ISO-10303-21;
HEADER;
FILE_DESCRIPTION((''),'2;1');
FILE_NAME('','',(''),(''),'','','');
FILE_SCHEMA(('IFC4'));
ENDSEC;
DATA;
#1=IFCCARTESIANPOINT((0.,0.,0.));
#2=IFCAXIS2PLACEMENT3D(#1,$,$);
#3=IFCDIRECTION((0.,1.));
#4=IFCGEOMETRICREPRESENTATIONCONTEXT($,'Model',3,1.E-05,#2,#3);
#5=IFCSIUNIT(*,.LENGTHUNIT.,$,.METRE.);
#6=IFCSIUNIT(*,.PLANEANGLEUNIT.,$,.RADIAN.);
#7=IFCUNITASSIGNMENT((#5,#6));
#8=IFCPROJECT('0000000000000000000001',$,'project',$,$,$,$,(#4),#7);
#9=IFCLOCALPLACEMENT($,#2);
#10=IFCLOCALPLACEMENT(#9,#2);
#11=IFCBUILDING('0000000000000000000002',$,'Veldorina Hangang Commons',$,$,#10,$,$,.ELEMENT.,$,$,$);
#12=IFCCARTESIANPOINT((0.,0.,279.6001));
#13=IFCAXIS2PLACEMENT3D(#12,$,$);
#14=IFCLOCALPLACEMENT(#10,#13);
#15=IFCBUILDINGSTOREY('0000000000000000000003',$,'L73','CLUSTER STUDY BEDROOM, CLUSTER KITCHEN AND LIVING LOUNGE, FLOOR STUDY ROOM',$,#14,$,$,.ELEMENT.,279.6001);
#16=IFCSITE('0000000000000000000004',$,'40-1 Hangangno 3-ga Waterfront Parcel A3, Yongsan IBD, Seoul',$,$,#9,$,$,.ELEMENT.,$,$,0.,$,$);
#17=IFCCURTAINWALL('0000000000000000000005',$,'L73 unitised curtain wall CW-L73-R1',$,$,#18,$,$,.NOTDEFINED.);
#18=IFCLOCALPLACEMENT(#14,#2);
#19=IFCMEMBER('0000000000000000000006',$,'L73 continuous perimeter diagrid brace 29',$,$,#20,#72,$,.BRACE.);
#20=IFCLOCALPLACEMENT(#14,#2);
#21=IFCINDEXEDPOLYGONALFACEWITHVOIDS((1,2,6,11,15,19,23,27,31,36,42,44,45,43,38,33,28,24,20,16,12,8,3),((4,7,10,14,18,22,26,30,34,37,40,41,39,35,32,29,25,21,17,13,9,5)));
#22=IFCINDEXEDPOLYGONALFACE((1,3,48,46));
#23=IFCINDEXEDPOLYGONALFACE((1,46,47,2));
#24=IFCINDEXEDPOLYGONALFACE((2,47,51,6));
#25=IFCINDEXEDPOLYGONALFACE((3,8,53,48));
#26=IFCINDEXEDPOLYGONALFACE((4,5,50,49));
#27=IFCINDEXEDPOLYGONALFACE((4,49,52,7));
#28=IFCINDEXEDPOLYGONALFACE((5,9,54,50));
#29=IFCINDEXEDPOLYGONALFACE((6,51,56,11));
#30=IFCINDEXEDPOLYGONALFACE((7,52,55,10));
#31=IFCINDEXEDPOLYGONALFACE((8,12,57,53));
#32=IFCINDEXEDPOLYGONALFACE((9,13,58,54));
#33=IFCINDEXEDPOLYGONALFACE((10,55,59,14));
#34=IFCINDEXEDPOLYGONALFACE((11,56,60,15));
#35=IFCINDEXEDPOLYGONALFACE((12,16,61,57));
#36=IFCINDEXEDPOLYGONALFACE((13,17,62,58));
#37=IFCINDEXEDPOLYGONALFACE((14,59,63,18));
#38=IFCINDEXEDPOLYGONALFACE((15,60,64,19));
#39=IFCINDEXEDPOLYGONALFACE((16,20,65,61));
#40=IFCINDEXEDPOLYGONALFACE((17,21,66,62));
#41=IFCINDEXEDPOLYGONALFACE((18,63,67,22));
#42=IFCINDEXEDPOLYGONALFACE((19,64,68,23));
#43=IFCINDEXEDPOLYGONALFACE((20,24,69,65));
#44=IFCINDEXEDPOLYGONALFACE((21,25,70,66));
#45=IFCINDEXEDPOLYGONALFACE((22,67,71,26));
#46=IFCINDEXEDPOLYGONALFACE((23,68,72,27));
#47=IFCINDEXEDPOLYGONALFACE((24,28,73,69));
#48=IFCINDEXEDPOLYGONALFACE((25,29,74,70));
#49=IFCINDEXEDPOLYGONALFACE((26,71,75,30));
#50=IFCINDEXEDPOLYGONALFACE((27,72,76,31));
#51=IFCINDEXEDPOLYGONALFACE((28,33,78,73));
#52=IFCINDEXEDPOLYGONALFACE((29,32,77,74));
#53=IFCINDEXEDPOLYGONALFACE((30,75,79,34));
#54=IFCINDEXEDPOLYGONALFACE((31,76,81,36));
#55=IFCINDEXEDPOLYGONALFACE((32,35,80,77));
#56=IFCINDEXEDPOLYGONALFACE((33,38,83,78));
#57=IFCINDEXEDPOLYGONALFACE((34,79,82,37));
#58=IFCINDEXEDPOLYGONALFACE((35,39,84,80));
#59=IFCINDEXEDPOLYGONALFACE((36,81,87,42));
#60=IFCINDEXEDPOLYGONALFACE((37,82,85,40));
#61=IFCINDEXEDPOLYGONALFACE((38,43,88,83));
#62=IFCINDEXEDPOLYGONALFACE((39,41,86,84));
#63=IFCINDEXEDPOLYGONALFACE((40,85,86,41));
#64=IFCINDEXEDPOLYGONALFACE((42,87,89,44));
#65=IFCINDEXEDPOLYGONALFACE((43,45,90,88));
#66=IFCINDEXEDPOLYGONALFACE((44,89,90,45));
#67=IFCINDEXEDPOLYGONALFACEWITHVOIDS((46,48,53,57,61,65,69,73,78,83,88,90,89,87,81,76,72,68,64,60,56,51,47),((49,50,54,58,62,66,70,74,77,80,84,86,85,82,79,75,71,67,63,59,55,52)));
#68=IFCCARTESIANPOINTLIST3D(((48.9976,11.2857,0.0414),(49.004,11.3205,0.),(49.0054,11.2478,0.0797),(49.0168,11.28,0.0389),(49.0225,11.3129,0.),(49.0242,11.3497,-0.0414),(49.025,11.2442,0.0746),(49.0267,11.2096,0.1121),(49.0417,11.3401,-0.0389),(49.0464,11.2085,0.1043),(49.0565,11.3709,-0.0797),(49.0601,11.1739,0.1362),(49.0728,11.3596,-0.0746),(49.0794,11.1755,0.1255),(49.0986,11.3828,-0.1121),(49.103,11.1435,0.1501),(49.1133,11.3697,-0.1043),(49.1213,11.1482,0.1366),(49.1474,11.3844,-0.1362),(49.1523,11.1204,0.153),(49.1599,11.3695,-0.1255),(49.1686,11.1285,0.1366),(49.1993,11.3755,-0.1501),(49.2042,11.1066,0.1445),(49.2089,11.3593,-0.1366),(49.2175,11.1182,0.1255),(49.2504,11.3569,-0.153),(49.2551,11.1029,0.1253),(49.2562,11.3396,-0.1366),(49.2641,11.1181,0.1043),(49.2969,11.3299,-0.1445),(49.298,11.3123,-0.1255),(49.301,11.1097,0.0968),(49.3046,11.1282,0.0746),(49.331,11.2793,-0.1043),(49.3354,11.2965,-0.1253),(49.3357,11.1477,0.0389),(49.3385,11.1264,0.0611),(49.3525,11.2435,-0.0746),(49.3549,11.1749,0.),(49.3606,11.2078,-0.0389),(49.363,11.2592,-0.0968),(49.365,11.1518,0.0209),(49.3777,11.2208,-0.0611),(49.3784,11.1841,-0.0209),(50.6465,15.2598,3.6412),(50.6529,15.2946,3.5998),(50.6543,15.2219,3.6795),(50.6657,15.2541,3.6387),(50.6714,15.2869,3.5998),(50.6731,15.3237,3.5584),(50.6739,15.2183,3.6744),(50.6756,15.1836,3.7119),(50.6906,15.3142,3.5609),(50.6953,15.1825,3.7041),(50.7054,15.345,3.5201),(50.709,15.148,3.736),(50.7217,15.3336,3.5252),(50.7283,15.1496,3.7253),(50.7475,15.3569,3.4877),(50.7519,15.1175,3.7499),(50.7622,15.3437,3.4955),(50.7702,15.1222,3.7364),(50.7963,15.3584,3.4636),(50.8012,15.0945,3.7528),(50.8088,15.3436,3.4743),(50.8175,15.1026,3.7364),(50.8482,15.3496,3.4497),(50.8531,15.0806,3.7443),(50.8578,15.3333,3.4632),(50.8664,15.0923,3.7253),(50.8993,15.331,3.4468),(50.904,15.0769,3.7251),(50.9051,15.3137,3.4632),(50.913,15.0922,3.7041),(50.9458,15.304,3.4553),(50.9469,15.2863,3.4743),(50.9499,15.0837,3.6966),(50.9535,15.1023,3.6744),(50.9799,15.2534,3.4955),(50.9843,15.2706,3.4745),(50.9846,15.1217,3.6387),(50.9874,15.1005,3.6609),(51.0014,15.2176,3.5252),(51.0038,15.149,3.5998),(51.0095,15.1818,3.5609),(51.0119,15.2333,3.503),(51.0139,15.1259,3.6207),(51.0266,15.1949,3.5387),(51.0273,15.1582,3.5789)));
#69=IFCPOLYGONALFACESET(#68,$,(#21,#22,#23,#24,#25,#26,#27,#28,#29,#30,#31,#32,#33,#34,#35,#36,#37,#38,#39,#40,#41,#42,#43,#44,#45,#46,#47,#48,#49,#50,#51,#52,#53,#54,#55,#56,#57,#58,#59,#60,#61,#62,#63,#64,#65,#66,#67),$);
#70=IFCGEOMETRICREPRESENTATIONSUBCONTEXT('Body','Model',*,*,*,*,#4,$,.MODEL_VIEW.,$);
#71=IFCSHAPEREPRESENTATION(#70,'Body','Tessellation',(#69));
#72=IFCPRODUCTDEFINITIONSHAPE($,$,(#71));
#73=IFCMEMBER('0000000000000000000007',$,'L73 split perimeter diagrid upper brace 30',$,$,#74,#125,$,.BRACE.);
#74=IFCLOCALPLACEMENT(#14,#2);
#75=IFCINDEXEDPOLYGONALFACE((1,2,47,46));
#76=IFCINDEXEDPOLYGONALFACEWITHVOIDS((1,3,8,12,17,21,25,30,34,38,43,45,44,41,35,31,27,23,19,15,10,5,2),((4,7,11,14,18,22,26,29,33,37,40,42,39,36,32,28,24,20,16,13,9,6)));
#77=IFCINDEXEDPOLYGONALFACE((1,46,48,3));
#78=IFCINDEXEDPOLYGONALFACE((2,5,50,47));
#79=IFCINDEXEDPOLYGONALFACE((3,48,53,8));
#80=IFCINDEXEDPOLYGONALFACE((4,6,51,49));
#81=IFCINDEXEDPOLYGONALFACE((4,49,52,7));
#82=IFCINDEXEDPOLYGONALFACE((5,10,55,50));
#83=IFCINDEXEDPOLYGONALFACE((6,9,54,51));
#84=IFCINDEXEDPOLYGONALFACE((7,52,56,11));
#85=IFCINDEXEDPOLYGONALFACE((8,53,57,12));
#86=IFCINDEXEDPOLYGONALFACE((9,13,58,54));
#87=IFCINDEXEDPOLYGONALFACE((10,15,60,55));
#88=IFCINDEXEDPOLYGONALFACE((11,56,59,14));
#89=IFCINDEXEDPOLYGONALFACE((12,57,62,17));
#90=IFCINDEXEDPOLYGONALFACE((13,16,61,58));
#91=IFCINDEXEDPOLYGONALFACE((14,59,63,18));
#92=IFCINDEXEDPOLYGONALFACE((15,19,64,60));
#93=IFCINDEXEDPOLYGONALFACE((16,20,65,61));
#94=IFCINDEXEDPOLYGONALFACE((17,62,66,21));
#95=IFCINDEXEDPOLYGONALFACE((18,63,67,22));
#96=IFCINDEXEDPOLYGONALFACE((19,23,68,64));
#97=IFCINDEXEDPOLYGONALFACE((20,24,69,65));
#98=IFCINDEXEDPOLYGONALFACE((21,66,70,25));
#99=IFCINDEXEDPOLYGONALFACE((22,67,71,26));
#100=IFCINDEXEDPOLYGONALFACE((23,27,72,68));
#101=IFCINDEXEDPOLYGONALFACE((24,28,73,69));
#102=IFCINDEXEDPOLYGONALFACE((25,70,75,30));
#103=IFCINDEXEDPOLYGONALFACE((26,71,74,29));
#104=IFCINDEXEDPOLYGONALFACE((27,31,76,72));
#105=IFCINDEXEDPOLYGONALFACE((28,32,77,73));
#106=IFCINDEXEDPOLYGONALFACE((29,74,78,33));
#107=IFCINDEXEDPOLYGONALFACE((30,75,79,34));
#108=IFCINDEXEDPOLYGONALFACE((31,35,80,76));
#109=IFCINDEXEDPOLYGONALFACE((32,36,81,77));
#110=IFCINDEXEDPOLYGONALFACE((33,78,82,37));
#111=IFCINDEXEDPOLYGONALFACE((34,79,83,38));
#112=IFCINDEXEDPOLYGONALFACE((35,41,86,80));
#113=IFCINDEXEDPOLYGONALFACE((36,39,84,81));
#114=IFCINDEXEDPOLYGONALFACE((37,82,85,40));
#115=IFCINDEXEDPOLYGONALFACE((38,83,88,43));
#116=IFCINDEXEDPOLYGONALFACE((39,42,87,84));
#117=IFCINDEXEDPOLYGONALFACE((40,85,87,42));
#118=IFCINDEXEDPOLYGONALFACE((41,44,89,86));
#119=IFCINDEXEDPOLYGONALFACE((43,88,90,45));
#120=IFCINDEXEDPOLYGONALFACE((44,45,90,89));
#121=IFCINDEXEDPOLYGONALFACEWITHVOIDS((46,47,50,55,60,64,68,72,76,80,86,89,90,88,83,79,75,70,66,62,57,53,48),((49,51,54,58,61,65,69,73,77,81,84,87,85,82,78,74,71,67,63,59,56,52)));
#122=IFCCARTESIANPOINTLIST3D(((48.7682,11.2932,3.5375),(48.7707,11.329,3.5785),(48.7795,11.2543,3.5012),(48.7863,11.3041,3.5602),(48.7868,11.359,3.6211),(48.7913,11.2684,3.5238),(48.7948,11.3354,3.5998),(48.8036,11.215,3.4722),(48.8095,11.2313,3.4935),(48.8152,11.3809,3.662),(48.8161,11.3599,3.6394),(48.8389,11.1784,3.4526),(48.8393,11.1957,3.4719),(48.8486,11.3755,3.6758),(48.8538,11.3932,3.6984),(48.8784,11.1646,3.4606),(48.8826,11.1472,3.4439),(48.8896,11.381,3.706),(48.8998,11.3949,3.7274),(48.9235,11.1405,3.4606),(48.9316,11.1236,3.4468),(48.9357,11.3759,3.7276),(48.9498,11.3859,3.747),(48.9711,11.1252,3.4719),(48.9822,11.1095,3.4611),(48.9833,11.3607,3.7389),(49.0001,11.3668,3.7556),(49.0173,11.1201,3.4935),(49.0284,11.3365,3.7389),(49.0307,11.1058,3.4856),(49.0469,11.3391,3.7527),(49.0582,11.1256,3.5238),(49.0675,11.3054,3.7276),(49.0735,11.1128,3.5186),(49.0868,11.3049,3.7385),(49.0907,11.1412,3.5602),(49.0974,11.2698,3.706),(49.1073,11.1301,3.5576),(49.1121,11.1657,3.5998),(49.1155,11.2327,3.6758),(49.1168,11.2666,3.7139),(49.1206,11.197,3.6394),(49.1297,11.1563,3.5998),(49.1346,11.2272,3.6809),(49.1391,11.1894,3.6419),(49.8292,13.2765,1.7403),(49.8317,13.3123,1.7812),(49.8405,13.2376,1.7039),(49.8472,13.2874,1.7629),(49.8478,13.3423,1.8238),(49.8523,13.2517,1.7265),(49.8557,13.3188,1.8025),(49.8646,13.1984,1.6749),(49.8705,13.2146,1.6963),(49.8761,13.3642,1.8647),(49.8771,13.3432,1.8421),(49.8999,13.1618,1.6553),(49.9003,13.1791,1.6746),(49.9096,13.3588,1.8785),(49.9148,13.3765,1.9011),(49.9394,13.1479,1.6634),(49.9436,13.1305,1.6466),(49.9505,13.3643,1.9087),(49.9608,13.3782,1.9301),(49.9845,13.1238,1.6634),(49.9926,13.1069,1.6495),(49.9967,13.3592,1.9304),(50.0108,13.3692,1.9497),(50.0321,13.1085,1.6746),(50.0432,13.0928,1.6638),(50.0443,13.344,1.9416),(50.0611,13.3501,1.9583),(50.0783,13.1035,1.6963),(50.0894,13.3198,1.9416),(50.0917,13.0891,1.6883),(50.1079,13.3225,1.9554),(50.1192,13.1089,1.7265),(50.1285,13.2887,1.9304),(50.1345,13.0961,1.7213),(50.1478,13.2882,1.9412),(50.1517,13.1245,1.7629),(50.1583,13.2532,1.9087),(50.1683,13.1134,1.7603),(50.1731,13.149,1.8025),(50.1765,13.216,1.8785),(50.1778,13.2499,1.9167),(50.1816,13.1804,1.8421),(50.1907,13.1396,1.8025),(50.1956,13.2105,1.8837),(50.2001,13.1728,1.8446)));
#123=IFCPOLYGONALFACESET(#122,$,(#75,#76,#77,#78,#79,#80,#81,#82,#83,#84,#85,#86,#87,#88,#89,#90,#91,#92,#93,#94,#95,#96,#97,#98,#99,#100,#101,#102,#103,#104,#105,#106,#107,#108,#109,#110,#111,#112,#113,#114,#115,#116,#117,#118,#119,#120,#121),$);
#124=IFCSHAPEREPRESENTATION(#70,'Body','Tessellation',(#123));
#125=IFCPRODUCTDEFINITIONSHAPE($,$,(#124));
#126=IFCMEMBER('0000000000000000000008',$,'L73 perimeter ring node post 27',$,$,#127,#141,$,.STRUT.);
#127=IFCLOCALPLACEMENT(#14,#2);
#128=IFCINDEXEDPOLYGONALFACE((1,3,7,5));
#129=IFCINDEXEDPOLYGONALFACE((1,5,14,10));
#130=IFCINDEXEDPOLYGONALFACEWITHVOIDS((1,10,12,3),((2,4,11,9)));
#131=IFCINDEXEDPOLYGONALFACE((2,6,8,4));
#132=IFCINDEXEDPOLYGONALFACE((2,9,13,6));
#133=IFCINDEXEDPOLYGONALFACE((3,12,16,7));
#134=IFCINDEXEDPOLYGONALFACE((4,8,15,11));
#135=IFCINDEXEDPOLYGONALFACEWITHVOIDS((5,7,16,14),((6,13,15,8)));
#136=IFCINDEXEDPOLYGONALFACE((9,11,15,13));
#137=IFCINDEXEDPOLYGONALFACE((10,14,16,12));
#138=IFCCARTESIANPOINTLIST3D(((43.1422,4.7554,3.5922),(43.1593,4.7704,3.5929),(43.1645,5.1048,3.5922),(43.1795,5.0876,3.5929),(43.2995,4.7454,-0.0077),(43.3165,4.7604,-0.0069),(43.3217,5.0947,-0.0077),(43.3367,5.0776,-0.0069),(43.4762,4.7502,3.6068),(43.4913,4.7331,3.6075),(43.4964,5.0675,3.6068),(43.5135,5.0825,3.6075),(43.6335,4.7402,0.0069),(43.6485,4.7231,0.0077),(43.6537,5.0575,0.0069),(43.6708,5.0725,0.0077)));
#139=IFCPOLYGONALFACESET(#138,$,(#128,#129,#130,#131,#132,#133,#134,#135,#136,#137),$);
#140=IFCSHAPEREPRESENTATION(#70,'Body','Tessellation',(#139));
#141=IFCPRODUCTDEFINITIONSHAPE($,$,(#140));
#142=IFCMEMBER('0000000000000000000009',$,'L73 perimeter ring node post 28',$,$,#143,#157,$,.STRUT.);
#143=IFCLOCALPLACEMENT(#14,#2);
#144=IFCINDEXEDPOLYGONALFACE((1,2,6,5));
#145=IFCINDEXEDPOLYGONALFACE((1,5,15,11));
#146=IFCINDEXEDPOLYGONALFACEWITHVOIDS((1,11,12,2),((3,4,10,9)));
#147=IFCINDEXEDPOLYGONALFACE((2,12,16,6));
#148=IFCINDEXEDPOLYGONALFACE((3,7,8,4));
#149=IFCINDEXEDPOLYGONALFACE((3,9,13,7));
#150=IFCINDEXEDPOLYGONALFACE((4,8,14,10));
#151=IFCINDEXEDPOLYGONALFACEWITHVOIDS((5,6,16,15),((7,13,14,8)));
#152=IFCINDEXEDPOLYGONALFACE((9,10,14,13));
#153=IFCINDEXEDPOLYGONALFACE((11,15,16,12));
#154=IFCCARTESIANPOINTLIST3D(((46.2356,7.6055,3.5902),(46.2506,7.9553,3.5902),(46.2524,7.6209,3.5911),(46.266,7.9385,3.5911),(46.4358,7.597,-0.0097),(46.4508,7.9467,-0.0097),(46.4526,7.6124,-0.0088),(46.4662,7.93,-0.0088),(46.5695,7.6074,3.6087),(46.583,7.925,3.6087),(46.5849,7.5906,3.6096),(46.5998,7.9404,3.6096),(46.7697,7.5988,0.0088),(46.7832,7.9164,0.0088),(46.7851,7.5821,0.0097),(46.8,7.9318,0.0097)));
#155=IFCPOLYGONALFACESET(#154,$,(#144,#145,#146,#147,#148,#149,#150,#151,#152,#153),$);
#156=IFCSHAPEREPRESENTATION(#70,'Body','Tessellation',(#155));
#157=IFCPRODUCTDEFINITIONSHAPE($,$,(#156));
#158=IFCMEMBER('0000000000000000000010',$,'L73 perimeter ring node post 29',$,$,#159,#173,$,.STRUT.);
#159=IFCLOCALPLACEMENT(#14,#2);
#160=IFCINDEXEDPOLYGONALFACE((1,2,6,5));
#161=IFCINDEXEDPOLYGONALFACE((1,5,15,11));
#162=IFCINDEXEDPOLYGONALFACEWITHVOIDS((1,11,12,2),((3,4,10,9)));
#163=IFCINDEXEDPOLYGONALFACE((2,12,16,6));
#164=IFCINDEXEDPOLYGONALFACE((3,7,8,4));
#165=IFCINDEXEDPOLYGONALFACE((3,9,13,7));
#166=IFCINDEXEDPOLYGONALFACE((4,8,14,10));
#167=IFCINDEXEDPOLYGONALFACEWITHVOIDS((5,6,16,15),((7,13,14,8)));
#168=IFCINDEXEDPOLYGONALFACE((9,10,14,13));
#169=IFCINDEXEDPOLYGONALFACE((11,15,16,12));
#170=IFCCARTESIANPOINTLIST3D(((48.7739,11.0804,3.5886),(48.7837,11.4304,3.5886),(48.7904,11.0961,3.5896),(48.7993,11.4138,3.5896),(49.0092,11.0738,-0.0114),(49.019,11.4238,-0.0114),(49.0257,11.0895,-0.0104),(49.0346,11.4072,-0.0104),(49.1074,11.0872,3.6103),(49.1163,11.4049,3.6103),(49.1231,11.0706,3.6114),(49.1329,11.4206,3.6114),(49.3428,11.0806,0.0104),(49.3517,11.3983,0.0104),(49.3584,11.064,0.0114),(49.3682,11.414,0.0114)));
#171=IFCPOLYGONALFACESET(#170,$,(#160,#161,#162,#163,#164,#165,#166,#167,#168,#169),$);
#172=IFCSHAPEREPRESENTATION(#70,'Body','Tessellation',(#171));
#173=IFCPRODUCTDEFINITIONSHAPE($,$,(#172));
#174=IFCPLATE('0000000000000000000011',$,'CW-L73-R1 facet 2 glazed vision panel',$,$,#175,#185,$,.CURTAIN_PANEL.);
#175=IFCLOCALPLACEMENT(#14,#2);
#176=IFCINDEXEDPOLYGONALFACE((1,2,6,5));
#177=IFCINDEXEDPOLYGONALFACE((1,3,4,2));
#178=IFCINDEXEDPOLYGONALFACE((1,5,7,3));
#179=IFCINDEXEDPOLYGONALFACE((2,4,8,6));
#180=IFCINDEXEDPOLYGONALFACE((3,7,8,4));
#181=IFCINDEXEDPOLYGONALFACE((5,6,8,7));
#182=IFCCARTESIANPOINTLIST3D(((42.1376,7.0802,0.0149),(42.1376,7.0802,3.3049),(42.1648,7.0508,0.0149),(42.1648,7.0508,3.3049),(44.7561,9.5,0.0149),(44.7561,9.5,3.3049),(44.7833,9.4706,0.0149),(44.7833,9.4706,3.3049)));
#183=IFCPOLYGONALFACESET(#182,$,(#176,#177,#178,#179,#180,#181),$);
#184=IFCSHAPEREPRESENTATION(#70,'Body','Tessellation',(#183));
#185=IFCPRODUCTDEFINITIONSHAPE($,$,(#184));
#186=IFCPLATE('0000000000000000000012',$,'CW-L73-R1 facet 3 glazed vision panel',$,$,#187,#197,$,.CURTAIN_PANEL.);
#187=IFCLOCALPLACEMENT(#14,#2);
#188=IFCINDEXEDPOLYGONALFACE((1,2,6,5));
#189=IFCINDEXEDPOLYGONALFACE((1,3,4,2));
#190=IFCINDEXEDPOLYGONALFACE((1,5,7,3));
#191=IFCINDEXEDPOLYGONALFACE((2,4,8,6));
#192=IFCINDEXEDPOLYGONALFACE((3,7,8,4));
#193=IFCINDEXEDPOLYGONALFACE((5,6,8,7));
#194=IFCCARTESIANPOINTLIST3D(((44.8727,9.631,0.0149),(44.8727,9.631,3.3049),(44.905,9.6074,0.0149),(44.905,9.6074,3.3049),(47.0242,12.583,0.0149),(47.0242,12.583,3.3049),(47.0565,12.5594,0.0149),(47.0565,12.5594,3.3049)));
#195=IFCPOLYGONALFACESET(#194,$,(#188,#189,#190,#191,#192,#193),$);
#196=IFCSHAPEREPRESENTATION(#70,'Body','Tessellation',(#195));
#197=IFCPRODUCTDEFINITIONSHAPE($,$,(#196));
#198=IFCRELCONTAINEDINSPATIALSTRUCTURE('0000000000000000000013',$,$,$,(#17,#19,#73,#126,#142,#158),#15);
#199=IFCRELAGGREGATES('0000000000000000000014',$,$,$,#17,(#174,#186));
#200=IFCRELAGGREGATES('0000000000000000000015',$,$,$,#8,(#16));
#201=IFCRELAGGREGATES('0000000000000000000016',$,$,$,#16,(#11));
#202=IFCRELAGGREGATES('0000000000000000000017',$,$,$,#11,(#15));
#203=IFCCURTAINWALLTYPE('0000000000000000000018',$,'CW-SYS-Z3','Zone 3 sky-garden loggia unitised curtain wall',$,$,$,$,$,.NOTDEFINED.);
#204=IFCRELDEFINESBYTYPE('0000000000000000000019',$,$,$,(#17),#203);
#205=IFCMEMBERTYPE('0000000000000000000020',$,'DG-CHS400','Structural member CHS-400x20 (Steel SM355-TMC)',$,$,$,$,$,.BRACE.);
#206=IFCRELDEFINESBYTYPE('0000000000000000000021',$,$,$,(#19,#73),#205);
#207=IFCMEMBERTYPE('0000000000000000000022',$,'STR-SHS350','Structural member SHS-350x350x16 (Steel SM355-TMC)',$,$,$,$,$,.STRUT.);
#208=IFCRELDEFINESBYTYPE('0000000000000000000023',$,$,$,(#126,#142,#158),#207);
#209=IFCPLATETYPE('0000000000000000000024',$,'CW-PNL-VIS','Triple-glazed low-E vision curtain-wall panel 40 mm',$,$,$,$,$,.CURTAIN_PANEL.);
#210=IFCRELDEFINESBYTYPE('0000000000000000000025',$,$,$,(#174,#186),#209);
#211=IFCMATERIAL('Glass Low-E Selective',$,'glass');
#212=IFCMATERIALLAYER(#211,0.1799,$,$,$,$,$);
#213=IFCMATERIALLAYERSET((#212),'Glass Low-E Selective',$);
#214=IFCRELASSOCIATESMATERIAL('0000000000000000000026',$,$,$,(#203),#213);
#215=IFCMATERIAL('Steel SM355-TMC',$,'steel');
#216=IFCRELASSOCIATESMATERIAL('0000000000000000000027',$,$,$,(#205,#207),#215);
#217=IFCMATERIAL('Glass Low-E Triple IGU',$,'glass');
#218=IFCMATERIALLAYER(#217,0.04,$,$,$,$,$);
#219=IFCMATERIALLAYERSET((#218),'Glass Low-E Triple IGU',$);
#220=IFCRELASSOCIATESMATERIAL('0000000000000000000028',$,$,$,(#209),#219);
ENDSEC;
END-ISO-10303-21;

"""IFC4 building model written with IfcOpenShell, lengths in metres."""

from ifc_helpers import new_model, si_unit, direction, frame, origin, origin_2d, place, context, subcontext, project, spatial, rectangle, hollow_rectangle, hollow_circle, extrude, material, layer, layer_set, material_profile, profile_set, type_object, element, aggregate, save


model = new_model("IFC4")

# Units and contexts
model_context = context("Model", 3, precision=1e-05, world=origin(), true_north=direction((0.0, 1.0)))
body_context = subcontext(model_context, "Body", "Model", "MODEL_VIEW")
ifc_project = project(units=[si_unit("LENGTHUNIT", "METRE"), si_unit("PLANEANGLEUNIT", "RADIAN")], contexts=[model_context])

# Site, building, storey
site_placement = place(None, origin())
site = spatial("IfcSite", under=ifc_project, at=site_placement, Name="40-1 Hangangno 3-ga Waterfront Parcel A3, Yongsan IBD, Seoul", CompositionType="ELEMENT", RefElevation=0.0)
building_placement = place(site_placement, origin())
building = spatial("IfcBuilding", under=site, at=building_placement, Name="Veldorina Hangang Commons", CompositionType="ELEMENT")
storey_placement = place(building_placement, frame((0.0, 0.0, 279.6001)))
storey = spatial("IfcBuildingStorey", under=building, at=storey_placement, Name="L73", Description="CLUSTER STUDY BEDROOM, CLUSTER KITCHEN AND LIVING LOUNGE, FLOOR STUDY ROOM", CompositionType="ELEMENT", Elevation=279.6001)

# Shared definitions
ifc_material_1 = material(Name="Steel SM355-TMC", Category="steel")

# Curtain wall
ifc_material_2 = material(Name="Glass Low-E Selective", Category="glass")
ifc_layer_1 = layer(ifc_material_2, 0.1799)
ifc_layer_set_1 = layer_set([ifc_layer_1], Name="Glass Low-E Selective")
curtain_wall_type = type_object("IfcCurtainWallType", Name="CW-SYS-Z3", Description="Zone 3 sky-garden loggia unitised curtain wall", PredefinedType="NOTDEFINED", material=ifc_layer_set_1)
curtain_wall_placement = place(storey_placement, origin())
curtain_wall = element("IfcCurtainWall", 1, at=curtain_wall_placement, inside=storey, type_object=curtain_wall_type, Name="L73 unitised curtain wall CW-L73-R1", PredefinedType="NOTDEFINED")

# Members
ifc_material_profile_1 = material_profile(ifc_material_1, hollow_circle(Radius=0.2, WallThickness=0.02, at=origin_2d()), Name="CHS-400x20")
ifc_profile_set_1 = profile_set([ifc_material_profile_1], Name="Steel SM355-TMC")
member_type_1 = type_object("IfcMemberType", Name="DG-CHS400", Description="Structural member CHS-400x20 (Steel SM355-TMC)", PredefinedType="BRACE", material=ifc_profile_set_1)
member_1_placement = place(storey_placement, frame((49.1887, 11.2439, 0.0), z_axis=(0.293929, 0.708406, 0.641691), x_axis=(-0.92365, 0.383237, 0.0)))
element("IfcMember", 2, at=member_1_placement, inside=storey, type_object=member_type_1, Name="L73 continuous perimeter diagrid brace 29", PredefinedType="BRACE", context=body_context, shape_type="SweptSolid", body=[
    extrude(hollow_circle(Radius=0.2, WallThickness=0.02, at=origin_2d()), origin(), (0.0, 0.0, 1.0), 5.6099),
])
member_2_placement = place(storey_placement, frame((50.0144, 13.2339, 1.8025), z_axis=(-0.368509, -0.688855, 0.624243), x_axis=(0.881757, -0.471703, 0.0)))
element("IfcMember", 3, at=member_2_placement, inside=storey, type_object=member_type_1, Name="L73 split perimeter diagrid upper brace 30", PredefinedType="BRACE", context=body_context, shape_type="SweptSolid", body=[
    extrude(hollow_circle(Radius=0.2, WallThickness=0.02, at=origin_2d()), origin(), (0.0, 0.0, 1.0), 2.8792),
])
ifc_material_profile_2 = material_profile(ifc_material_1, hollow_rectangle(XDim=0.3501, YDim=0.3501, WallThickness=0.0161, at=origin_2d()), Name="SHS-350x350x16")
ifc_profile_set_2 = profile_set([ifc_material_profile_2], Name="Steel SM355-TMC")
member_type_2 = type_object("IfcMemberType", Name="STR-SHS350", Description="Structural member SHS-350x350x16 (Steel SM355-TMC)", PredefinedType="STRUT", material=ifc_profile_set_2)
member_3_placement = place(storey_placement, frame((43.4851, 4.9089, 0.0), z_axis=(-0.043634, 0.002778, 0.999044), x_axis=(-0.063536, -0.99798, 0.0)))
element("IfcMember", 4, at=member_3_placement, inside=storey, type_object=member_type_2, Name="L73 perimeter ring node post 27", PredefinedType="STRUT", context=body_context, shape_type="SweptSolid", body=[
    extrude(hollow_rectangle(XDim=0.3501, YDim=0.3501, WallThickness=0.0161, at=origin_2d()), origin(), (0.0, 0.0, 1.0), 3.6033),
])
member_4_placement = place(storey_placement, frame((46.6179, 7.7644, 0.0), z_axis=(-0.055526, 0.00237, 0.998454), x_axis=(-0.042644, -0.99909, 0.0)))
element("IfcMember", 5, at=member_4_placement, inside=storey, type_object=member_type_2, Name="L73 perimeter ring node post 28", PredefinedType="STRUT", context=body_context, shape_type="SweptSolid", body=[
    extrude(hollow_rectangle(XDim=0.3501, YDim=0.3501, WallThickness=0.0161, at=origin_2d()), origin(), (0.0, 0.0, 1.0), 3.6055),
])
member_5_placement = place(storey_placement, frame((49.1887, 11.2439, 0.0), z_axis=(-0.065239, 0.001827, 0.997868), x_axis=(-0.027997, -0.999608, 0.0)))
element("IfcMember", 6, at=member_5_placement, inside=storey, type_object=member_type_2, Name="L73 perimeter ring node post 29", PredefinedType="STRUT", context=body_context, shape_type="SweptSolid", body=[
    extrude(hollow_rectangle(XDim=0.3501, YDim=0.3501, WallThickness=0.0161, at=origin_2d()), origin(), (0.0, 0.0, 1.0), 3.6077),
])

# Plates
ifc_material_3 = material(Name="Glass Low-E Triple IGU", Category="glass")
ifc_layer_2 = layer(ifc_material_3, 0.04)
ifc_layer_set_2 = layer_set([ifc_layer_2], Name="Glass Low-E Triple IGU")
plate_type_1 = type_object("IfcPlateType", Name="CW-PNL-VIS", Description="Triple-glazed low-E vision curtain-wall panel 40 mm", PredefinedType="CURTAIN_PANEL", material=ifc_layer_set_2)
plate_1_placement = place(storey_placement, frame((43.4604, 8.2754, 0.0149), z_axis=(0.0, 0.0, 1.0), x_axis=(0.734429, 0.678685, 0.0)))
plate_1 = element("IfcPlate", 7, at=plate_1_placement, type_object=plate_type_1, Name="CW-L73-R1 facet 2 glazed vision panel", PredefinedType="CURTAIN_PANEL", context=body_context, shape_type="SweptSolid", body=[
    extrude(rectangle(XDim=3.5654, YDim=0.04, at=origin_2d()), origin(), (0.0, 0.0, 1.0), 3.29),
])
plate_2_placement = place(storey_placement, frame((45.9646, 11.0952, 0.0149), z_axis=(0.0, 0.0, 1.0), x_axis=(0.588985, 0.808144, 0.0)))
plate_2 = element("IfcPlate", 8, at=plate_2_placement, type_object=plate_type_1, Name="CW-L73-R1 facet 3 glazed vision panel", PredefinedType="CURTAIN_PANEL", context=body_context, shape_type="SweptSolid", body=[
    extrude(rectangle(XDim=3.6528, YDim=0.04, at=origin_2d()), origin(), (0.0, 0.0, 1.0), 3.29),
])
aggregate(curtain_wall, [plate_1, plate_2])

save(model, "model.ifc")
